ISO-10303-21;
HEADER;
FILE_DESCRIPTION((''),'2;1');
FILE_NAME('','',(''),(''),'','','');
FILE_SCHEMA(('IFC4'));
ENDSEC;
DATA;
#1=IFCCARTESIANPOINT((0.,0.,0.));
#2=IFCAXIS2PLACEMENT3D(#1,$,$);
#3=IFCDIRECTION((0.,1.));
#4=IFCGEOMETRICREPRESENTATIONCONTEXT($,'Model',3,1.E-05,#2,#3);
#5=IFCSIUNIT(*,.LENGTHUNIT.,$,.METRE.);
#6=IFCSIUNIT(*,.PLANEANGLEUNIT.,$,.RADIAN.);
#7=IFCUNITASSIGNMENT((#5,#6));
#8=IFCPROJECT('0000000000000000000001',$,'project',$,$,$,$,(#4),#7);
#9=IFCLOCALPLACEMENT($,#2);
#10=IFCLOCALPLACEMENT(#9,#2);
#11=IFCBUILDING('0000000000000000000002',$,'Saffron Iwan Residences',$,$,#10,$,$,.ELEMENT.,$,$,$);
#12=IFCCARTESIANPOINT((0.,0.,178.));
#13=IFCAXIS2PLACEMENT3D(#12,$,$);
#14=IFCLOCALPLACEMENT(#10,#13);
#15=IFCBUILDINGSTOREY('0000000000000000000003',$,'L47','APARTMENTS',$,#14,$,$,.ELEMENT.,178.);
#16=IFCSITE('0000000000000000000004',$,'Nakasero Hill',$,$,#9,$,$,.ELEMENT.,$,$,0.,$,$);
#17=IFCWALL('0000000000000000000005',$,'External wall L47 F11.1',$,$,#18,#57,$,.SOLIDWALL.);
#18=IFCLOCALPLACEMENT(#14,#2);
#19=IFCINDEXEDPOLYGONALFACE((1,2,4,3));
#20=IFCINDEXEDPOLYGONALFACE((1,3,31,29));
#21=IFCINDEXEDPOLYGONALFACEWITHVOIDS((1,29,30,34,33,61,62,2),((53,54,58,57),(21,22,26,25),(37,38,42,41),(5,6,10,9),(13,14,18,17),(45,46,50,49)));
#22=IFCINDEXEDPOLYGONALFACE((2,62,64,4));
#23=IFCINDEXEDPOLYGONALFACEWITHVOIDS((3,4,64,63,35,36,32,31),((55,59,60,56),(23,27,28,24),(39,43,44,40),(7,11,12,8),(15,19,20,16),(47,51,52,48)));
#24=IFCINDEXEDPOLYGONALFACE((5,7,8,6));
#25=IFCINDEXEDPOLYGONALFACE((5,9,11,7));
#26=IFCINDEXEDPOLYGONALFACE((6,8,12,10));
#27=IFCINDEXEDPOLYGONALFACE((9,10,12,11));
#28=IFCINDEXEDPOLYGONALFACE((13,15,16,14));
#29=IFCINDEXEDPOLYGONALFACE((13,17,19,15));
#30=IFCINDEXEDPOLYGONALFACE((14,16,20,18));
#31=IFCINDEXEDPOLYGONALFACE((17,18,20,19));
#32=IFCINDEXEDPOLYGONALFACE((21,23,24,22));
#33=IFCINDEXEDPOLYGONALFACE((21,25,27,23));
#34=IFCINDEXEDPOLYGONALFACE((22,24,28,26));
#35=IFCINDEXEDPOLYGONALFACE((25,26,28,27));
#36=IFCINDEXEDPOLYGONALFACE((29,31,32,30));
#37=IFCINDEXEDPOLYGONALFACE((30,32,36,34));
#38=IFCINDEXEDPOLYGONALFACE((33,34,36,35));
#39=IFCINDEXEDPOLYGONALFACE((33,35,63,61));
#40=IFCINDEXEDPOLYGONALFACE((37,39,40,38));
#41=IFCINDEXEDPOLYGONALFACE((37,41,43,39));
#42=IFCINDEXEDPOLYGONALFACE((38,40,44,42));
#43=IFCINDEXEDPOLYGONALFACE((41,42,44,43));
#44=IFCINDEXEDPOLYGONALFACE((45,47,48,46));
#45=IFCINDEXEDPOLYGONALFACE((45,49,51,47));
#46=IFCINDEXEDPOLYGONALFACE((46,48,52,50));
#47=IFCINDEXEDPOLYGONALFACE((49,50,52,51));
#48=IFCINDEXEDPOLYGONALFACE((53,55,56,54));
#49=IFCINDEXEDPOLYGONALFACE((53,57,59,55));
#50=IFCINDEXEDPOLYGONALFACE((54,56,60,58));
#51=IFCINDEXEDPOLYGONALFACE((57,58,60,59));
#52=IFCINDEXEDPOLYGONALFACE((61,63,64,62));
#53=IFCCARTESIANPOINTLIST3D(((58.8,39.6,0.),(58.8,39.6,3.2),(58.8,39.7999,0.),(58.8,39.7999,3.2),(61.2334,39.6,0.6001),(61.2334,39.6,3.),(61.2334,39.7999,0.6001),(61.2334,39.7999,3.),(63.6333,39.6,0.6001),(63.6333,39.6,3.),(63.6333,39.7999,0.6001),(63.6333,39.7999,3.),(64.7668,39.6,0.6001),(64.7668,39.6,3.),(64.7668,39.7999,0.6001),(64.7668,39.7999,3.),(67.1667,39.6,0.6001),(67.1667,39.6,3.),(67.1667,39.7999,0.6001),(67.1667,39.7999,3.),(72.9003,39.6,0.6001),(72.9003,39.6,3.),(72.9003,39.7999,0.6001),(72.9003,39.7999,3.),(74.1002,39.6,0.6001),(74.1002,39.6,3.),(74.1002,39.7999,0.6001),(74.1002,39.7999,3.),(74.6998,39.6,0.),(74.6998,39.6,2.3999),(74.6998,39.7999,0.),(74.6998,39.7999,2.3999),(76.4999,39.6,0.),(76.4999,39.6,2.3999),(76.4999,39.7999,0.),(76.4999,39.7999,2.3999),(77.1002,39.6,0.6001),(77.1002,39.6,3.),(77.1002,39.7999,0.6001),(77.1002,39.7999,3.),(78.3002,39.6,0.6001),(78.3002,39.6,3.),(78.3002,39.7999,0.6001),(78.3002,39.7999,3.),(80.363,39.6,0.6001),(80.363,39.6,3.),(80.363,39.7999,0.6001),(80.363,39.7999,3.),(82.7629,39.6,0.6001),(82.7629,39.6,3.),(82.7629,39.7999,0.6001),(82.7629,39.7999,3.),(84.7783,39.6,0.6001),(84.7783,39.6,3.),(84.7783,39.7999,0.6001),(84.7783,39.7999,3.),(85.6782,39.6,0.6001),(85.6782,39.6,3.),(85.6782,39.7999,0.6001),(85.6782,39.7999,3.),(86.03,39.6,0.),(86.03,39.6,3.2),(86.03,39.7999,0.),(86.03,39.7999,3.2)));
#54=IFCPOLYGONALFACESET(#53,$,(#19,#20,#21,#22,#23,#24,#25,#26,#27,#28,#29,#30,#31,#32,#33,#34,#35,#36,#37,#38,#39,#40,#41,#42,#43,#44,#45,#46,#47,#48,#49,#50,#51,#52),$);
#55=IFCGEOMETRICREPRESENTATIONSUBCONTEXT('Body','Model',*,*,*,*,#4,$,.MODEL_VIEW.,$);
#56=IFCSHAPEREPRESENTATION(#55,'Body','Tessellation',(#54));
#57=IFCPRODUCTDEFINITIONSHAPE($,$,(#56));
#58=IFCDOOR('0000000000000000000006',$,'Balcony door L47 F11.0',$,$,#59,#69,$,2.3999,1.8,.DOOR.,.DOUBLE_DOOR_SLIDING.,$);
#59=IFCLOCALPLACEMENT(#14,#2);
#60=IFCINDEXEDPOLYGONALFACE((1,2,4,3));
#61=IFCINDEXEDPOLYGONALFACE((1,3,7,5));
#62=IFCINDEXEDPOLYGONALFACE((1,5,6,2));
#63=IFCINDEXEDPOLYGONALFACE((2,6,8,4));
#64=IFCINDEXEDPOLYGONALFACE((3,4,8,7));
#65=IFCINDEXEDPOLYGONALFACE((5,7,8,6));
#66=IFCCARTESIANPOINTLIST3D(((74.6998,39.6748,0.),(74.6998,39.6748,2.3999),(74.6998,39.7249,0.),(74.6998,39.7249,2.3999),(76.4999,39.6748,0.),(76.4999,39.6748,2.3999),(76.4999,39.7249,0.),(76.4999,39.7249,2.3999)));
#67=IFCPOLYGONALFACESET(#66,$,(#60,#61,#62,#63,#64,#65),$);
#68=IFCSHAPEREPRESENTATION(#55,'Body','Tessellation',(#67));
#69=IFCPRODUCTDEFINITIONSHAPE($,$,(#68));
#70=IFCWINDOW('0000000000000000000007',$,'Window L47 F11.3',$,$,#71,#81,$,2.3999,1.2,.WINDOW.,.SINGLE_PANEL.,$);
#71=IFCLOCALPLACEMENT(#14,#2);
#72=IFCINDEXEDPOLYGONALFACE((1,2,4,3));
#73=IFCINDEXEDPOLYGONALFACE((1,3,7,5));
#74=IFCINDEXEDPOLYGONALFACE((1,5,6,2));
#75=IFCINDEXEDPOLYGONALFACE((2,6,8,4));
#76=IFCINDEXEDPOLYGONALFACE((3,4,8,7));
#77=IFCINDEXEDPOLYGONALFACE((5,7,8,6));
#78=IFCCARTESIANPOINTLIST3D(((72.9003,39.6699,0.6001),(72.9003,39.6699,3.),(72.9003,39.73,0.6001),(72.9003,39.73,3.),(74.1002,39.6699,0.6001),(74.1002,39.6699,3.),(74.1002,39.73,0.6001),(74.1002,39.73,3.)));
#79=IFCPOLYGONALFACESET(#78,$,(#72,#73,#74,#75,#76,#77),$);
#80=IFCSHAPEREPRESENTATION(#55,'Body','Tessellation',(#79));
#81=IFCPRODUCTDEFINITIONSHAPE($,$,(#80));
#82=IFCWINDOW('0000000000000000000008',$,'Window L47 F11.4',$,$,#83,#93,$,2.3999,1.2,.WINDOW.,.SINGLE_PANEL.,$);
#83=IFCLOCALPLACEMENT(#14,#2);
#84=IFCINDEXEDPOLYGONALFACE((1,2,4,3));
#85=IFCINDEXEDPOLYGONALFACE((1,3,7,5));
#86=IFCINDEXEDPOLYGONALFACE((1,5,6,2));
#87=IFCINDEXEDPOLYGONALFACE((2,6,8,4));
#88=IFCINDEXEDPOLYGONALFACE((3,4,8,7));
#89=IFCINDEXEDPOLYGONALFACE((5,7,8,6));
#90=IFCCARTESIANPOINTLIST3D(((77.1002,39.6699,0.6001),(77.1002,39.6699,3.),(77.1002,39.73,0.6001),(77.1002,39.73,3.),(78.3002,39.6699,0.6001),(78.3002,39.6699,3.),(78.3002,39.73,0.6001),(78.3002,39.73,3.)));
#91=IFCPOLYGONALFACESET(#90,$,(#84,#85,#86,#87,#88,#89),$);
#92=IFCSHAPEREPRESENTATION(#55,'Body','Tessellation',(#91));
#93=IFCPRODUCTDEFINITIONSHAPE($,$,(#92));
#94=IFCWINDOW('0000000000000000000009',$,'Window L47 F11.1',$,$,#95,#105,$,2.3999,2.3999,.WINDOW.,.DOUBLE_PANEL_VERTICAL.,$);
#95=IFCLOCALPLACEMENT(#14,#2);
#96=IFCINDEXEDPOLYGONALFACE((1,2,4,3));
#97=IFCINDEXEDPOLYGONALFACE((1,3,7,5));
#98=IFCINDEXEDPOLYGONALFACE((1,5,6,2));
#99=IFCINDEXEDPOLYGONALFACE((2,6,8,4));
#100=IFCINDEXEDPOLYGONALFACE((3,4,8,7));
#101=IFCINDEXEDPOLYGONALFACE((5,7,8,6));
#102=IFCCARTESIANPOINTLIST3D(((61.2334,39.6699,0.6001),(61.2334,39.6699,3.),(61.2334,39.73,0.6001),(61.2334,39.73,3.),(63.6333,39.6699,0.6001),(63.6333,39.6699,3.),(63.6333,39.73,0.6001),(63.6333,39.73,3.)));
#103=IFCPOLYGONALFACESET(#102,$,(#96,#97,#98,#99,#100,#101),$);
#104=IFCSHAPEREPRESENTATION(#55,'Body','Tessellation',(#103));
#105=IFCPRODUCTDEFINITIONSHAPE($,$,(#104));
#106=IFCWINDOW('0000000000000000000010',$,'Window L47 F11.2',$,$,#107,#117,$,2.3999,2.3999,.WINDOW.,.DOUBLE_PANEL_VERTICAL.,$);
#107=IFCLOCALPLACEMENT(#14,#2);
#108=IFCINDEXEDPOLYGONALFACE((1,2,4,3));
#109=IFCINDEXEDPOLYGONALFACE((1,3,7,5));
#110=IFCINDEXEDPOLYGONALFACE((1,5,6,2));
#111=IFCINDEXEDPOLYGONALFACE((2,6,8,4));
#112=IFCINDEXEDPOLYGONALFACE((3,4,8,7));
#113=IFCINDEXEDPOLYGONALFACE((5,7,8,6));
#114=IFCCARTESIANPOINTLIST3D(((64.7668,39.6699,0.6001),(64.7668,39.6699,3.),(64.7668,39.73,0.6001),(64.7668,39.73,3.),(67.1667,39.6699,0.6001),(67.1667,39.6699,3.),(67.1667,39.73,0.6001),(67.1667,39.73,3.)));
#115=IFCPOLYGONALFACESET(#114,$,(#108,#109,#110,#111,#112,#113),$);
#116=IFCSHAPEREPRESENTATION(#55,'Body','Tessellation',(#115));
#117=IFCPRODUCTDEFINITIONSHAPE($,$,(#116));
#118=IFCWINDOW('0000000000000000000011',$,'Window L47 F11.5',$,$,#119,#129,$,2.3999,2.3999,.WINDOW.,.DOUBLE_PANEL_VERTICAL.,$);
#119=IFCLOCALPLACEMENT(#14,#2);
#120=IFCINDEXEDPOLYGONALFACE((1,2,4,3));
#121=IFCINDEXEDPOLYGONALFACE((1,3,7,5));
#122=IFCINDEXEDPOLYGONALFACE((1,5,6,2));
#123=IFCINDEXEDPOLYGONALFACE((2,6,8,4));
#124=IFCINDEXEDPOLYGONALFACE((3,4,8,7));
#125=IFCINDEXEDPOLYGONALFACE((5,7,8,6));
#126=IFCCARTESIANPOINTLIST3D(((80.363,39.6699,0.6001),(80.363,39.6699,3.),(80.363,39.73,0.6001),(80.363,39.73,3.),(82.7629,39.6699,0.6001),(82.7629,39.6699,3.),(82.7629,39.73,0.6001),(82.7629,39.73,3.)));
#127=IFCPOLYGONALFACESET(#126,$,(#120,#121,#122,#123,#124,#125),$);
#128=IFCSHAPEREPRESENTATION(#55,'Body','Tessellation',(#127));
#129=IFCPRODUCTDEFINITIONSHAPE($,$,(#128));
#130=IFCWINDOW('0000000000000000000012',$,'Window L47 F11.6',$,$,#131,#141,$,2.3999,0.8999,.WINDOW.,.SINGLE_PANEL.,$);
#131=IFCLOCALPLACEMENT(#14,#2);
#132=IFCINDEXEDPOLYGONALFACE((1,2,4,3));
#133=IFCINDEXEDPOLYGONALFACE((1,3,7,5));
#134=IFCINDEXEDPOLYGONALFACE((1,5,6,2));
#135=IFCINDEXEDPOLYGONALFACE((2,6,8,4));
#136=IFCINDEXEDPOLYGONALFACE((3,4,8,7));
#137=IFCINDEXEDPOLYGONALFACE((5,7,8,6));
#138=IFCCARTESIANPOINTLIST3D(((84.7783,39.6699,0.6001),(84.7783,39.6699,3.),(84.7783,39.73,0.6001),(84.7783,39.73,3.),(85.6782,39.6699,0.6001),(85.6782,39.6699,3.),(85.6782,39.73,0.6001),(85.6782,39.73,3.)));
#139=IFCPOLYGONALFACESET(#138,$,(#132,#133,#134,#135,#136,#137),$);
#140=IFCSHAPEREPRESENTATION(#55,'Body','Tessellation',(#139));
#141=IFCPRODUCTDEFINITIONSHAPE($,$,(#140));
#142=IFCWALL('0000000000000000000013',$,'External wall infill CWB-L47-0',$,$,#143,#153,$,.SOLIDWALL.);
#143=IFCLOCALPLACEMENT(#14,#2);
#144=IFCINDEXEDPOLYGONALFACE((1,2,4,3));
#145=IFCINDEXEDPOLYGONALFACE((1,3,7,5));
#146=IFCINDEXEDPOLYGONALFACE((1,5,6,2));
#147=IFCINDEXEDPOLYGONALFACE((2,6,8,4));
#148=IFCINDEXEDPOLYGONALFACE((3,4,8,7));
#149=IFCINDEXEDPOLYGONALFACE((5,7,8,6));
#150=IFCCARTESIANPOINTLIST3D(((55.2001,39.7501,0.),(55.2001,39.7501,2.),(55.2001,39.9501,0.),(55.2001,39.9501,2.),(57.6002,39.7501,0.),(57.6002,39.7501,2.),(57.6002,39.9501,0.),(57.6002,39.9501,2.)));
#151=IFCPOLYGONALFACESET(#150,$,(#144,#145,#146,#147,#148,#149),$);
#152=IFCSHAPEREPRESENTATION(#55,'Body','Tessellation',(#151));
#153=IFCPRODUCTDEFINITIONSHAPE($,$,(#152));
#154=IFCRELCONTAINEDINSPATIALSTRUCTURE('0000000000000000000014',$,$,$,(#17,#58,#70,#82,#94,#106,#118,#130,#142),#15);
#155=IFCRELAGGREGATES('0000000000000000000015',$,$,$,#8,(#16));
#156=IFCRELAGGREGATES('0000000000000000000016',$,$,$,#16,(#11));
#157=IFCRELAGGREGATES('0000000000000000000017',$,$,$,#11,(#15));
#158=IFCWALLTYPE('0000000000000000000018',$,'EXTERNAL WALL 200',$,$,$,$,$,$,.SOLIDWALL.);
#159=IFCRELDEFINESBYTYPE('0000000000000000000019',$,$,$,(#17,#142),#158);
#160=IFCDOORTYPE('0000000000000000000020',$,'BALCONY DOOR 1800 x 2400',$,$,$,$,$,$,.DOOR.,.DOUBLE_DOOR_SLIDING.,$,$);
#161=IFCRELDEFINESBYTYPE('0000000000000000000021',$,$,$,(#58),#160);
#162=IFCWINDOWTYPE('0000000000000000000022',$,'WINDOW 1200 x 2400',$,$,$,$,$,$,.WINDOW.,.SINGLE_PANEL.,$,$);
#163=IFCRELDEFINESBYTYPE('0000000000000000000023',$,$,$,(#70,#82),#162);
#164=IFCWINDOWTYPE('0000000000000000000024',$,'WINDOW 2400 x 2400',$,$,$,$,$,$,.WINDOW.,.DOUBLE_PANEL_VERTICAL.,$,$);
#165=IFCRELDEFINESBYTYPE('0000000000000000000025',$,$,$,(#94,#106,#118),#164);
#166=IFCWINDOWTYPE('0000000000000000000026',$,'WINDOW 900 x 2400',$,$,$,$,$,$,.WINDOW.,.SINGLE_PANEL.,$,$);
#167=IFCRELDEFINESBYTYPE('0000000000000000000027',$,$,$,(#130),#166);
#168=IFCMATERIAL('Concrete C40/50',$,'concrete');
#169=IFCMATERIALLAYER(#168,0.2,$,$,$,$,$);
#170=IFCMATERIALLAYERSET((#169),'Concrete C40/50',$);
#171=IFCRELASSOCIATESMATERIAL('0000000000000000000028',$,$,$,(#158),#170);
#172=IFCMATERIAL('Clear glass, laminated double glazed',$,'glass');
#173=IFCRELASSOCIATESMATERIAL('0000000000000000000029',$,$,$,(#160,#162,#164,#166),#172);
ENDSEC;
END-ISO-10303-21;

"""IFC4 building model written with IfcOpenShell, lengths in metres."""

from ifc_helpers import new_model, si_unit, direction, frame, frame_2d, origin, place, context, subcontext, project, spatial, rectangle, extrude, material, layer, layer_set, type_object, element, fill, save


model = new_model("IFC4")

# Units and contexts
model_context = context("Model", 3, precision=1e-05, world=origin(), true_north=direction((0.0, 1.0)))
body_context = subcontext(model_context, "Body", "Model", "MODEL_VIEW")
ifc_project = project(units=[si_unit("LENGTHUNIT", "METRE"), si_unit("PLANEANGLEUNIT", "RADIAN")], contexts=[model_context])

# Site, building, storey
site_placement = place(None, origin())
site = spatial("IfcSite", under=ifc_project, at=site_placement, Name="Nakasero Hill", CompositionType="ELEMENT", RefElevation=0.0)
building_placement = place(site_placement, origin())
building = spatial("IfcBuilding", under=site, at=building_placement, Name="Saffron Iwan Residences", CompositionType="ELEMENT")
storey_placement = place(building_placement, frame((0.0, 0.0, 178.0)))
storey = spatial("IfcBuildingStorey", under=building, at=storey_placement, Name="L47", Description="APARTMENTS", CompositionType="ELEMENT", Elevation=178.0)

# Shared definitions
ifc_material_1 = material(Name="Clear glass, laminated double glazed", Category="glass")

# Wall, openings, door, windows
ifc_material_2 = material(Name="Concrete C40/50", Category="concrete")
ifc_layer_1 = layer(ifc_material_2, 0.2)
ifc_layer_set_1 = layer_set([ifc_layer_1], Name="Concrete C40/50")
wall_type_1 = type_object("IfcWallType", Name="EXTERNAL WALL 200", PredefinedType="SOLIDWALL", material=ifc_layer_set_1)
wall_1_placement = place(storey_placement, frame((58.8, 39.7, 0.0), z_axis=(0.0, 0.0, 1.0), x_axis=(1.0, 0.0, 0.0)))
wall_1 = element("IfcWall", 1, at=wall_1_placement, inside=storey, type_object=wall_type_1, Name="External wall L47 F11.1", PredefinedType="SOLIDWALL", context=body_context, shape_type="SweptSolid", body=[
    extrude(rectangle(XDim=27.23, YDim=0.2, at=frame_2d((13.615, 0.0))), origin(), (0.0, 0.0, 1.0), 3.2),
])
opening_1_placement = place(wall_1_placement, frame((15.8999, 0.0, 0.0)))
opening_1 = element("IfcOpeningElement", 2, at=opening_1_placement, cuts=wall_1, PredefinedType="OPENING", context=body_context, shape_type="SweptSolid", body=[
    extrude(rectangle(XDim=1.8, YDim=2.3999, at=frame_2d((0.8999, 1.2))), frame((0.0, 0.1099, 0.0), z_axis=(0.0, -1.0, 0.0), x_axis=(1.0, 0.0, 0.0)), (0.0, 0.0, 1.0), 0.22),
])
opening_2_placement = place(wall_1_placement, frame((2.4333, 0.0, 0.6001)))
opening_2 = element("IfcOpeningElement", 3, at=opening_2_placement, cuts=wall_1, PredefinedType="OPENING", context=body_context, shape_type="SweptSolid", body=[
    extrude(rectangle(XDim=2.3999, YDim=2.3999, at=frame_2d((1.2, 1.2))), frame((0.0, 0.1099, 0.0), z_axis=(0.0, -1.0, 0.0), x_axis=(1.0, 0.0, 0.0)), (0.0, 0.0, 1.0), 0.22),
])
opening_3_placement = place(wall_1_placement, frame((5.9668, 0.0, 0.6001)))
opening_3 = element("IfcOpeningElement", 4, at=opening_3_placement, cuts=wall_1, PredefinedType="OPENING", context=body_context, shape_type="SweptSolid", body=[
    extrude(rectangle(XDim=2.3999, YDim=2.3999, at=frame_2d((1.2, 1.2))), frame((0.0, 0.1099, 0.0), z_axis=(0.0, -1.0, 0.0), x_axis=(1.0, 0.0, 0.0)), (0.0, 0.0, 1.0), 0.22),
])
opening_4_placement = place(wall_1_placement, frame((14.1001, 0.0, 0.6001)))
opening_4 = element("IfcOpeningElement", 5, at=opening_4_placement, cuts=wall_1, PredefinedType="OPENING", context=body_context, shape_type="SweptSolid", body=[
    extrude(rectangle(XDim=1.2, YDim=2.3999, at=frame_2d((0.6001, 1.2))), frame((0.0, 0.1099, 0.0), z_axis=(0.0, -1.0, 0.0), x_axis=(1.0, 0.0, 0.0)), (0.0, 0.0, 1.0), 0.22),
])
opening_5_placement = place(wall_1_placement, frame((18.3, 0.0, 0.6001)))
opening_5 = element("IfcOpeningElement", 6, at=opening_5_placement, cuts=wall_1, PredefinedType="OPENING", context=body_context, shape_type="SweptSolid", body=[
    extrude(rectangle(XDim=1.2, YDim=2.3999, at=frame_2d((0.6001, 1.2))), frame((0.0, 0.1099, 0.0), z_axis=(0.0, -1.0, 0.0), x_axis=(1.0, 0.0, 0.0)), (0.0, 0.0, 1.0), 0.22),
])
opening_6_placement = place(wall_1_placement, frame((21.563, 0.0, 0.6001)))
opening_6 = element("IfcOpeningElement", 7, at=opening_6_placement, cuts=wall_1, PredefinedType="OPENING", context=body_context, shape_type="SweptSolid", body=[
    extrude(rectangle(XDim=2.3999, YDim=2.3999, at=frame_2d((1.2, 1.2))), frame((0.0, 0.1099, 0.0), z_axis=(0.0, -1.0, 0.0), x_axis=(1.0, 0.0, 0.0)), (0.0, 0.0, 1.0), 0.22),
])
opening_7_placement = place(wall_1_placement, frame((25.9783, 0.0, 0.6001)))
opening_7 = element("IfcOpeningElement", 8, at=opening_7_placement, cuts=wall_1, PredefinedType="OPENING", context=body_context, shape_type="SweptSolid", body=[
    extrude(rectangle(XDim=0.8999, YDim=2.3999, at=frame_2d((0.45, 1.2))), frame((0.0, 0.1099, 0.0), z_axis=(0.0, -1.0, 0.0), x_axis=(1.0, 0.0, 0.0)), (0.0, 0.0, 1.0), 0.22),
])
door_type = type_object("IfcDoorType", Name="BALCONY DOOR 1800 x 2400", OperationType="DOUBLE_DOOR_SLIDING", PredefinedType="DOOR", material=ifc_material_1)
door_placement = place(opening_1_placement, origin())
door = element("IfcDoor", 9, at=door_placement, inside=storey, type_object=door_type, Name="Balcony door L47 F11.0", OperationType="DOUBLE_DOOR_SLIDING", OverallHeight=2.3999, OverallWidth=1.8, PredefinedType="DOOR", context=body_context, shape_type="SweptSolid", body=[
    extrude(rectangle(XDim=1.8, YDim=2.3999, at=frame_2d((0.8999, 1.2))), frame((0.0, 0.0249, 0.0), z_axis=(0.0, -1.0, 0.0), x_axis=(1.0, 0.0, 0.0)), (0.0, 0.0, 1.0), 0.05),
])
fill(opening_1, door)
window_type_1 = type_object("IfcWindowType", Name="WINDOW 1200 x 2400", PartitioningType="SINGLE_PANEL", PredefinedType="WINDOW", material=ifc_material_1)
window_1_placement = place(opening_4_placement, origin())
window_1 = element("IfcWindow", 10, at=window_1_placement, inside=storey, type_object=window_type_1, Name="Window L47 F11.3", OverallHeight=2.3999, OverallWidth=1.2, PartitioningType="SINGLE_PANEL", PredefinedType="WINDOW", context=body_context, shape_type="SweptSolid", body=[
    extrude(rectangle(XDim=1.2, YDim=2.3999, at=frame_2d((0.6001, 1.2))), frame((0.0, 0.03, 0.0), z_axis=(0.0, -1.0, 0.0), x_axis=(1.0, 0.0, 0.0)), (0.0, 0.0, 1.0), 0.0601),
])
fill(opening_4, window_1)
window_2_placement = place(opening_5_placement, origin())
window_2 = element("IfcWindow", 11, at=window_2_placement, inside=storey, type_object=window_type_1, Name="Window L47 F11.4", OverallHeight=2.3999, OverallWidth=1.2, PartitioningType="SINGLE_PANEL", PredefinedType="WINDOW", context=body_context, shape_type="SweptSolid", body=[
    extrude(rectangle(XDim=1.2, YDim=2.3999, at=frame_2d((0.6001, 1.2))), frame((0.0, 0.03, 0.0), z_axis=(0.0, -1.0, 0.0), x_axis=(1.0, 0.0, 0.0)), (0.0, 0.0, 1.0), 0.0601),
])
fill(opening_5, window_2)
window_type_2 = type_object("IfcWindowType", Name="WINDOW 2400 x 2400", PartitioningType="DOUBLE_PANEL_VERTICAL", PredefinedType="WINDOW", material=ifc_material_1)
window_3_placement = place(opening_2_placement, origin())
window_3 = element("IfcWindow", 12, at=window_3_placement, inside=storey, type_object=window_type_2, Name="Window L47 F11.1", OverallHeight=2.3999, OverallWidth=2.3999, PartitioningType="DOUBLE_PANEL_VERTICAL", PredefinedType="WINDOW", context=body_context, shape_type="SweptSolid", body=[
    extrude(rectangle(XDim=2.3999, YDim=2.3999, at=frame_2d((1.2, 1.2))), frame((0.0, 0.03, 0.0), z_axis=(0.0, -1.0, 0.0), x_axis=(1.0, 0.0, 0.0)), (0.0, 0.0, 1.0), 0.0601),
])
fill(opening_2, window_3)
window_4_placement = place(opening_3_placement, origin())
window_4 = element("IfcWindow", 13, at=window_4_placement, inside=storey, type_object=window_type_2, Name="Window L47 F11.2", OverallHeight=2.3999, OverallWidth=2.3999, PartitioningType="DOUBLE_PANEL_VERTICAL", PredefinedType="WINDOW", context=body_context, shape_type="SweptSolid", body=[
    extrude(rectangle(XDim=2.3999, YDim=2.3999, at=frame_2d((1.2, 1.2))), frame((0.0, 0.03, 0.0), z_axis=(0.0, -1.0, 0.0), x_axis=(1.0, 0.0, 0.0)), (0.0, 0.0, 1.0), 0.0601),
])
fill(opening_3, window_4)
window_5_placement = place(opening_6_placement, origin())
window_5 = element("IfcWindow", 14, at=window_5_placement, inside=storey, type_object=window_type_2, Name="Window L47 F11.5", OverallHeight=2.3999, OverallWidth=2.3999, PartitioningType="DOUBLE_PANEL_VERTICAL", PredefinedType="WINDOW", context=body_context, shape_type="SweptSolid", body=[
    extrude(rectangle(XDim=2.3999, YDim=2.3999, at=frame_2d((1.2, 1.2))), frame((0.0, 0.03, 0.0), z_axis=(0.0, -1.0, 0.0), x_axis=(1.0, 0.0, 0.0)), (0.0, 0.0, 1.0), 0.0601),
])
fill(opening_6, window_5)
window_type_3 = type_object("IfcWindowType", Name="WINDOW 900 x 2400", PartitioningType="SINGLE_PANEL", PredefinedType="WINDOW", material=ifc_material_1)
window_6_placement = place(opening_7_placement, origin())
window_6 = element("IfcWindow", 15, at=window_6_placement, inside=storey, type_object=window_type_3, Name="Window L47 F11.6", OverallHeight=2.3999, OverallWidth=0.8999, PartitioningType="SINGLE_PANEL", PredefinedType="WINDOW", context=body_context, shape_type="SweptSolid", body=[
    extrude(rectangle(XDim=0.8999, YDim=2.3999, at=frame_2d((0.45, 1.2))), frame((0.0, 0.03, 0.0), z_axis=(0.0, -1.0, 0.0), x_axis=(1.0, 0.0, 0.0)), (0.0, 0.0, 1.0), 0.0601),
])
fill(opening_7, window_6)

# Wall
wall_2_placement = place(storey_placement, frame((55.2, 39.8501, 0.0), z_axis=(0.0, 0.0, 1.0), x_axis=(1.0, 0.0, 0.0)))
element("IfcWall", 16, at=wall_2_placement, inside=storey, type_object=wall_type_1, Name="External wall infill CWB-L47-0", PredefinedType="SOLIDWALL", context=body_context, shape_type="SweptSolid", body=[
    extrude(rectangle(XDim=2.4001, YDim=0.2, at=frame_2d((1.2002, 0.0))), origin(), (0.0, 0.0, 1.0), 2.0),
])

save(model, "model.ifc")
